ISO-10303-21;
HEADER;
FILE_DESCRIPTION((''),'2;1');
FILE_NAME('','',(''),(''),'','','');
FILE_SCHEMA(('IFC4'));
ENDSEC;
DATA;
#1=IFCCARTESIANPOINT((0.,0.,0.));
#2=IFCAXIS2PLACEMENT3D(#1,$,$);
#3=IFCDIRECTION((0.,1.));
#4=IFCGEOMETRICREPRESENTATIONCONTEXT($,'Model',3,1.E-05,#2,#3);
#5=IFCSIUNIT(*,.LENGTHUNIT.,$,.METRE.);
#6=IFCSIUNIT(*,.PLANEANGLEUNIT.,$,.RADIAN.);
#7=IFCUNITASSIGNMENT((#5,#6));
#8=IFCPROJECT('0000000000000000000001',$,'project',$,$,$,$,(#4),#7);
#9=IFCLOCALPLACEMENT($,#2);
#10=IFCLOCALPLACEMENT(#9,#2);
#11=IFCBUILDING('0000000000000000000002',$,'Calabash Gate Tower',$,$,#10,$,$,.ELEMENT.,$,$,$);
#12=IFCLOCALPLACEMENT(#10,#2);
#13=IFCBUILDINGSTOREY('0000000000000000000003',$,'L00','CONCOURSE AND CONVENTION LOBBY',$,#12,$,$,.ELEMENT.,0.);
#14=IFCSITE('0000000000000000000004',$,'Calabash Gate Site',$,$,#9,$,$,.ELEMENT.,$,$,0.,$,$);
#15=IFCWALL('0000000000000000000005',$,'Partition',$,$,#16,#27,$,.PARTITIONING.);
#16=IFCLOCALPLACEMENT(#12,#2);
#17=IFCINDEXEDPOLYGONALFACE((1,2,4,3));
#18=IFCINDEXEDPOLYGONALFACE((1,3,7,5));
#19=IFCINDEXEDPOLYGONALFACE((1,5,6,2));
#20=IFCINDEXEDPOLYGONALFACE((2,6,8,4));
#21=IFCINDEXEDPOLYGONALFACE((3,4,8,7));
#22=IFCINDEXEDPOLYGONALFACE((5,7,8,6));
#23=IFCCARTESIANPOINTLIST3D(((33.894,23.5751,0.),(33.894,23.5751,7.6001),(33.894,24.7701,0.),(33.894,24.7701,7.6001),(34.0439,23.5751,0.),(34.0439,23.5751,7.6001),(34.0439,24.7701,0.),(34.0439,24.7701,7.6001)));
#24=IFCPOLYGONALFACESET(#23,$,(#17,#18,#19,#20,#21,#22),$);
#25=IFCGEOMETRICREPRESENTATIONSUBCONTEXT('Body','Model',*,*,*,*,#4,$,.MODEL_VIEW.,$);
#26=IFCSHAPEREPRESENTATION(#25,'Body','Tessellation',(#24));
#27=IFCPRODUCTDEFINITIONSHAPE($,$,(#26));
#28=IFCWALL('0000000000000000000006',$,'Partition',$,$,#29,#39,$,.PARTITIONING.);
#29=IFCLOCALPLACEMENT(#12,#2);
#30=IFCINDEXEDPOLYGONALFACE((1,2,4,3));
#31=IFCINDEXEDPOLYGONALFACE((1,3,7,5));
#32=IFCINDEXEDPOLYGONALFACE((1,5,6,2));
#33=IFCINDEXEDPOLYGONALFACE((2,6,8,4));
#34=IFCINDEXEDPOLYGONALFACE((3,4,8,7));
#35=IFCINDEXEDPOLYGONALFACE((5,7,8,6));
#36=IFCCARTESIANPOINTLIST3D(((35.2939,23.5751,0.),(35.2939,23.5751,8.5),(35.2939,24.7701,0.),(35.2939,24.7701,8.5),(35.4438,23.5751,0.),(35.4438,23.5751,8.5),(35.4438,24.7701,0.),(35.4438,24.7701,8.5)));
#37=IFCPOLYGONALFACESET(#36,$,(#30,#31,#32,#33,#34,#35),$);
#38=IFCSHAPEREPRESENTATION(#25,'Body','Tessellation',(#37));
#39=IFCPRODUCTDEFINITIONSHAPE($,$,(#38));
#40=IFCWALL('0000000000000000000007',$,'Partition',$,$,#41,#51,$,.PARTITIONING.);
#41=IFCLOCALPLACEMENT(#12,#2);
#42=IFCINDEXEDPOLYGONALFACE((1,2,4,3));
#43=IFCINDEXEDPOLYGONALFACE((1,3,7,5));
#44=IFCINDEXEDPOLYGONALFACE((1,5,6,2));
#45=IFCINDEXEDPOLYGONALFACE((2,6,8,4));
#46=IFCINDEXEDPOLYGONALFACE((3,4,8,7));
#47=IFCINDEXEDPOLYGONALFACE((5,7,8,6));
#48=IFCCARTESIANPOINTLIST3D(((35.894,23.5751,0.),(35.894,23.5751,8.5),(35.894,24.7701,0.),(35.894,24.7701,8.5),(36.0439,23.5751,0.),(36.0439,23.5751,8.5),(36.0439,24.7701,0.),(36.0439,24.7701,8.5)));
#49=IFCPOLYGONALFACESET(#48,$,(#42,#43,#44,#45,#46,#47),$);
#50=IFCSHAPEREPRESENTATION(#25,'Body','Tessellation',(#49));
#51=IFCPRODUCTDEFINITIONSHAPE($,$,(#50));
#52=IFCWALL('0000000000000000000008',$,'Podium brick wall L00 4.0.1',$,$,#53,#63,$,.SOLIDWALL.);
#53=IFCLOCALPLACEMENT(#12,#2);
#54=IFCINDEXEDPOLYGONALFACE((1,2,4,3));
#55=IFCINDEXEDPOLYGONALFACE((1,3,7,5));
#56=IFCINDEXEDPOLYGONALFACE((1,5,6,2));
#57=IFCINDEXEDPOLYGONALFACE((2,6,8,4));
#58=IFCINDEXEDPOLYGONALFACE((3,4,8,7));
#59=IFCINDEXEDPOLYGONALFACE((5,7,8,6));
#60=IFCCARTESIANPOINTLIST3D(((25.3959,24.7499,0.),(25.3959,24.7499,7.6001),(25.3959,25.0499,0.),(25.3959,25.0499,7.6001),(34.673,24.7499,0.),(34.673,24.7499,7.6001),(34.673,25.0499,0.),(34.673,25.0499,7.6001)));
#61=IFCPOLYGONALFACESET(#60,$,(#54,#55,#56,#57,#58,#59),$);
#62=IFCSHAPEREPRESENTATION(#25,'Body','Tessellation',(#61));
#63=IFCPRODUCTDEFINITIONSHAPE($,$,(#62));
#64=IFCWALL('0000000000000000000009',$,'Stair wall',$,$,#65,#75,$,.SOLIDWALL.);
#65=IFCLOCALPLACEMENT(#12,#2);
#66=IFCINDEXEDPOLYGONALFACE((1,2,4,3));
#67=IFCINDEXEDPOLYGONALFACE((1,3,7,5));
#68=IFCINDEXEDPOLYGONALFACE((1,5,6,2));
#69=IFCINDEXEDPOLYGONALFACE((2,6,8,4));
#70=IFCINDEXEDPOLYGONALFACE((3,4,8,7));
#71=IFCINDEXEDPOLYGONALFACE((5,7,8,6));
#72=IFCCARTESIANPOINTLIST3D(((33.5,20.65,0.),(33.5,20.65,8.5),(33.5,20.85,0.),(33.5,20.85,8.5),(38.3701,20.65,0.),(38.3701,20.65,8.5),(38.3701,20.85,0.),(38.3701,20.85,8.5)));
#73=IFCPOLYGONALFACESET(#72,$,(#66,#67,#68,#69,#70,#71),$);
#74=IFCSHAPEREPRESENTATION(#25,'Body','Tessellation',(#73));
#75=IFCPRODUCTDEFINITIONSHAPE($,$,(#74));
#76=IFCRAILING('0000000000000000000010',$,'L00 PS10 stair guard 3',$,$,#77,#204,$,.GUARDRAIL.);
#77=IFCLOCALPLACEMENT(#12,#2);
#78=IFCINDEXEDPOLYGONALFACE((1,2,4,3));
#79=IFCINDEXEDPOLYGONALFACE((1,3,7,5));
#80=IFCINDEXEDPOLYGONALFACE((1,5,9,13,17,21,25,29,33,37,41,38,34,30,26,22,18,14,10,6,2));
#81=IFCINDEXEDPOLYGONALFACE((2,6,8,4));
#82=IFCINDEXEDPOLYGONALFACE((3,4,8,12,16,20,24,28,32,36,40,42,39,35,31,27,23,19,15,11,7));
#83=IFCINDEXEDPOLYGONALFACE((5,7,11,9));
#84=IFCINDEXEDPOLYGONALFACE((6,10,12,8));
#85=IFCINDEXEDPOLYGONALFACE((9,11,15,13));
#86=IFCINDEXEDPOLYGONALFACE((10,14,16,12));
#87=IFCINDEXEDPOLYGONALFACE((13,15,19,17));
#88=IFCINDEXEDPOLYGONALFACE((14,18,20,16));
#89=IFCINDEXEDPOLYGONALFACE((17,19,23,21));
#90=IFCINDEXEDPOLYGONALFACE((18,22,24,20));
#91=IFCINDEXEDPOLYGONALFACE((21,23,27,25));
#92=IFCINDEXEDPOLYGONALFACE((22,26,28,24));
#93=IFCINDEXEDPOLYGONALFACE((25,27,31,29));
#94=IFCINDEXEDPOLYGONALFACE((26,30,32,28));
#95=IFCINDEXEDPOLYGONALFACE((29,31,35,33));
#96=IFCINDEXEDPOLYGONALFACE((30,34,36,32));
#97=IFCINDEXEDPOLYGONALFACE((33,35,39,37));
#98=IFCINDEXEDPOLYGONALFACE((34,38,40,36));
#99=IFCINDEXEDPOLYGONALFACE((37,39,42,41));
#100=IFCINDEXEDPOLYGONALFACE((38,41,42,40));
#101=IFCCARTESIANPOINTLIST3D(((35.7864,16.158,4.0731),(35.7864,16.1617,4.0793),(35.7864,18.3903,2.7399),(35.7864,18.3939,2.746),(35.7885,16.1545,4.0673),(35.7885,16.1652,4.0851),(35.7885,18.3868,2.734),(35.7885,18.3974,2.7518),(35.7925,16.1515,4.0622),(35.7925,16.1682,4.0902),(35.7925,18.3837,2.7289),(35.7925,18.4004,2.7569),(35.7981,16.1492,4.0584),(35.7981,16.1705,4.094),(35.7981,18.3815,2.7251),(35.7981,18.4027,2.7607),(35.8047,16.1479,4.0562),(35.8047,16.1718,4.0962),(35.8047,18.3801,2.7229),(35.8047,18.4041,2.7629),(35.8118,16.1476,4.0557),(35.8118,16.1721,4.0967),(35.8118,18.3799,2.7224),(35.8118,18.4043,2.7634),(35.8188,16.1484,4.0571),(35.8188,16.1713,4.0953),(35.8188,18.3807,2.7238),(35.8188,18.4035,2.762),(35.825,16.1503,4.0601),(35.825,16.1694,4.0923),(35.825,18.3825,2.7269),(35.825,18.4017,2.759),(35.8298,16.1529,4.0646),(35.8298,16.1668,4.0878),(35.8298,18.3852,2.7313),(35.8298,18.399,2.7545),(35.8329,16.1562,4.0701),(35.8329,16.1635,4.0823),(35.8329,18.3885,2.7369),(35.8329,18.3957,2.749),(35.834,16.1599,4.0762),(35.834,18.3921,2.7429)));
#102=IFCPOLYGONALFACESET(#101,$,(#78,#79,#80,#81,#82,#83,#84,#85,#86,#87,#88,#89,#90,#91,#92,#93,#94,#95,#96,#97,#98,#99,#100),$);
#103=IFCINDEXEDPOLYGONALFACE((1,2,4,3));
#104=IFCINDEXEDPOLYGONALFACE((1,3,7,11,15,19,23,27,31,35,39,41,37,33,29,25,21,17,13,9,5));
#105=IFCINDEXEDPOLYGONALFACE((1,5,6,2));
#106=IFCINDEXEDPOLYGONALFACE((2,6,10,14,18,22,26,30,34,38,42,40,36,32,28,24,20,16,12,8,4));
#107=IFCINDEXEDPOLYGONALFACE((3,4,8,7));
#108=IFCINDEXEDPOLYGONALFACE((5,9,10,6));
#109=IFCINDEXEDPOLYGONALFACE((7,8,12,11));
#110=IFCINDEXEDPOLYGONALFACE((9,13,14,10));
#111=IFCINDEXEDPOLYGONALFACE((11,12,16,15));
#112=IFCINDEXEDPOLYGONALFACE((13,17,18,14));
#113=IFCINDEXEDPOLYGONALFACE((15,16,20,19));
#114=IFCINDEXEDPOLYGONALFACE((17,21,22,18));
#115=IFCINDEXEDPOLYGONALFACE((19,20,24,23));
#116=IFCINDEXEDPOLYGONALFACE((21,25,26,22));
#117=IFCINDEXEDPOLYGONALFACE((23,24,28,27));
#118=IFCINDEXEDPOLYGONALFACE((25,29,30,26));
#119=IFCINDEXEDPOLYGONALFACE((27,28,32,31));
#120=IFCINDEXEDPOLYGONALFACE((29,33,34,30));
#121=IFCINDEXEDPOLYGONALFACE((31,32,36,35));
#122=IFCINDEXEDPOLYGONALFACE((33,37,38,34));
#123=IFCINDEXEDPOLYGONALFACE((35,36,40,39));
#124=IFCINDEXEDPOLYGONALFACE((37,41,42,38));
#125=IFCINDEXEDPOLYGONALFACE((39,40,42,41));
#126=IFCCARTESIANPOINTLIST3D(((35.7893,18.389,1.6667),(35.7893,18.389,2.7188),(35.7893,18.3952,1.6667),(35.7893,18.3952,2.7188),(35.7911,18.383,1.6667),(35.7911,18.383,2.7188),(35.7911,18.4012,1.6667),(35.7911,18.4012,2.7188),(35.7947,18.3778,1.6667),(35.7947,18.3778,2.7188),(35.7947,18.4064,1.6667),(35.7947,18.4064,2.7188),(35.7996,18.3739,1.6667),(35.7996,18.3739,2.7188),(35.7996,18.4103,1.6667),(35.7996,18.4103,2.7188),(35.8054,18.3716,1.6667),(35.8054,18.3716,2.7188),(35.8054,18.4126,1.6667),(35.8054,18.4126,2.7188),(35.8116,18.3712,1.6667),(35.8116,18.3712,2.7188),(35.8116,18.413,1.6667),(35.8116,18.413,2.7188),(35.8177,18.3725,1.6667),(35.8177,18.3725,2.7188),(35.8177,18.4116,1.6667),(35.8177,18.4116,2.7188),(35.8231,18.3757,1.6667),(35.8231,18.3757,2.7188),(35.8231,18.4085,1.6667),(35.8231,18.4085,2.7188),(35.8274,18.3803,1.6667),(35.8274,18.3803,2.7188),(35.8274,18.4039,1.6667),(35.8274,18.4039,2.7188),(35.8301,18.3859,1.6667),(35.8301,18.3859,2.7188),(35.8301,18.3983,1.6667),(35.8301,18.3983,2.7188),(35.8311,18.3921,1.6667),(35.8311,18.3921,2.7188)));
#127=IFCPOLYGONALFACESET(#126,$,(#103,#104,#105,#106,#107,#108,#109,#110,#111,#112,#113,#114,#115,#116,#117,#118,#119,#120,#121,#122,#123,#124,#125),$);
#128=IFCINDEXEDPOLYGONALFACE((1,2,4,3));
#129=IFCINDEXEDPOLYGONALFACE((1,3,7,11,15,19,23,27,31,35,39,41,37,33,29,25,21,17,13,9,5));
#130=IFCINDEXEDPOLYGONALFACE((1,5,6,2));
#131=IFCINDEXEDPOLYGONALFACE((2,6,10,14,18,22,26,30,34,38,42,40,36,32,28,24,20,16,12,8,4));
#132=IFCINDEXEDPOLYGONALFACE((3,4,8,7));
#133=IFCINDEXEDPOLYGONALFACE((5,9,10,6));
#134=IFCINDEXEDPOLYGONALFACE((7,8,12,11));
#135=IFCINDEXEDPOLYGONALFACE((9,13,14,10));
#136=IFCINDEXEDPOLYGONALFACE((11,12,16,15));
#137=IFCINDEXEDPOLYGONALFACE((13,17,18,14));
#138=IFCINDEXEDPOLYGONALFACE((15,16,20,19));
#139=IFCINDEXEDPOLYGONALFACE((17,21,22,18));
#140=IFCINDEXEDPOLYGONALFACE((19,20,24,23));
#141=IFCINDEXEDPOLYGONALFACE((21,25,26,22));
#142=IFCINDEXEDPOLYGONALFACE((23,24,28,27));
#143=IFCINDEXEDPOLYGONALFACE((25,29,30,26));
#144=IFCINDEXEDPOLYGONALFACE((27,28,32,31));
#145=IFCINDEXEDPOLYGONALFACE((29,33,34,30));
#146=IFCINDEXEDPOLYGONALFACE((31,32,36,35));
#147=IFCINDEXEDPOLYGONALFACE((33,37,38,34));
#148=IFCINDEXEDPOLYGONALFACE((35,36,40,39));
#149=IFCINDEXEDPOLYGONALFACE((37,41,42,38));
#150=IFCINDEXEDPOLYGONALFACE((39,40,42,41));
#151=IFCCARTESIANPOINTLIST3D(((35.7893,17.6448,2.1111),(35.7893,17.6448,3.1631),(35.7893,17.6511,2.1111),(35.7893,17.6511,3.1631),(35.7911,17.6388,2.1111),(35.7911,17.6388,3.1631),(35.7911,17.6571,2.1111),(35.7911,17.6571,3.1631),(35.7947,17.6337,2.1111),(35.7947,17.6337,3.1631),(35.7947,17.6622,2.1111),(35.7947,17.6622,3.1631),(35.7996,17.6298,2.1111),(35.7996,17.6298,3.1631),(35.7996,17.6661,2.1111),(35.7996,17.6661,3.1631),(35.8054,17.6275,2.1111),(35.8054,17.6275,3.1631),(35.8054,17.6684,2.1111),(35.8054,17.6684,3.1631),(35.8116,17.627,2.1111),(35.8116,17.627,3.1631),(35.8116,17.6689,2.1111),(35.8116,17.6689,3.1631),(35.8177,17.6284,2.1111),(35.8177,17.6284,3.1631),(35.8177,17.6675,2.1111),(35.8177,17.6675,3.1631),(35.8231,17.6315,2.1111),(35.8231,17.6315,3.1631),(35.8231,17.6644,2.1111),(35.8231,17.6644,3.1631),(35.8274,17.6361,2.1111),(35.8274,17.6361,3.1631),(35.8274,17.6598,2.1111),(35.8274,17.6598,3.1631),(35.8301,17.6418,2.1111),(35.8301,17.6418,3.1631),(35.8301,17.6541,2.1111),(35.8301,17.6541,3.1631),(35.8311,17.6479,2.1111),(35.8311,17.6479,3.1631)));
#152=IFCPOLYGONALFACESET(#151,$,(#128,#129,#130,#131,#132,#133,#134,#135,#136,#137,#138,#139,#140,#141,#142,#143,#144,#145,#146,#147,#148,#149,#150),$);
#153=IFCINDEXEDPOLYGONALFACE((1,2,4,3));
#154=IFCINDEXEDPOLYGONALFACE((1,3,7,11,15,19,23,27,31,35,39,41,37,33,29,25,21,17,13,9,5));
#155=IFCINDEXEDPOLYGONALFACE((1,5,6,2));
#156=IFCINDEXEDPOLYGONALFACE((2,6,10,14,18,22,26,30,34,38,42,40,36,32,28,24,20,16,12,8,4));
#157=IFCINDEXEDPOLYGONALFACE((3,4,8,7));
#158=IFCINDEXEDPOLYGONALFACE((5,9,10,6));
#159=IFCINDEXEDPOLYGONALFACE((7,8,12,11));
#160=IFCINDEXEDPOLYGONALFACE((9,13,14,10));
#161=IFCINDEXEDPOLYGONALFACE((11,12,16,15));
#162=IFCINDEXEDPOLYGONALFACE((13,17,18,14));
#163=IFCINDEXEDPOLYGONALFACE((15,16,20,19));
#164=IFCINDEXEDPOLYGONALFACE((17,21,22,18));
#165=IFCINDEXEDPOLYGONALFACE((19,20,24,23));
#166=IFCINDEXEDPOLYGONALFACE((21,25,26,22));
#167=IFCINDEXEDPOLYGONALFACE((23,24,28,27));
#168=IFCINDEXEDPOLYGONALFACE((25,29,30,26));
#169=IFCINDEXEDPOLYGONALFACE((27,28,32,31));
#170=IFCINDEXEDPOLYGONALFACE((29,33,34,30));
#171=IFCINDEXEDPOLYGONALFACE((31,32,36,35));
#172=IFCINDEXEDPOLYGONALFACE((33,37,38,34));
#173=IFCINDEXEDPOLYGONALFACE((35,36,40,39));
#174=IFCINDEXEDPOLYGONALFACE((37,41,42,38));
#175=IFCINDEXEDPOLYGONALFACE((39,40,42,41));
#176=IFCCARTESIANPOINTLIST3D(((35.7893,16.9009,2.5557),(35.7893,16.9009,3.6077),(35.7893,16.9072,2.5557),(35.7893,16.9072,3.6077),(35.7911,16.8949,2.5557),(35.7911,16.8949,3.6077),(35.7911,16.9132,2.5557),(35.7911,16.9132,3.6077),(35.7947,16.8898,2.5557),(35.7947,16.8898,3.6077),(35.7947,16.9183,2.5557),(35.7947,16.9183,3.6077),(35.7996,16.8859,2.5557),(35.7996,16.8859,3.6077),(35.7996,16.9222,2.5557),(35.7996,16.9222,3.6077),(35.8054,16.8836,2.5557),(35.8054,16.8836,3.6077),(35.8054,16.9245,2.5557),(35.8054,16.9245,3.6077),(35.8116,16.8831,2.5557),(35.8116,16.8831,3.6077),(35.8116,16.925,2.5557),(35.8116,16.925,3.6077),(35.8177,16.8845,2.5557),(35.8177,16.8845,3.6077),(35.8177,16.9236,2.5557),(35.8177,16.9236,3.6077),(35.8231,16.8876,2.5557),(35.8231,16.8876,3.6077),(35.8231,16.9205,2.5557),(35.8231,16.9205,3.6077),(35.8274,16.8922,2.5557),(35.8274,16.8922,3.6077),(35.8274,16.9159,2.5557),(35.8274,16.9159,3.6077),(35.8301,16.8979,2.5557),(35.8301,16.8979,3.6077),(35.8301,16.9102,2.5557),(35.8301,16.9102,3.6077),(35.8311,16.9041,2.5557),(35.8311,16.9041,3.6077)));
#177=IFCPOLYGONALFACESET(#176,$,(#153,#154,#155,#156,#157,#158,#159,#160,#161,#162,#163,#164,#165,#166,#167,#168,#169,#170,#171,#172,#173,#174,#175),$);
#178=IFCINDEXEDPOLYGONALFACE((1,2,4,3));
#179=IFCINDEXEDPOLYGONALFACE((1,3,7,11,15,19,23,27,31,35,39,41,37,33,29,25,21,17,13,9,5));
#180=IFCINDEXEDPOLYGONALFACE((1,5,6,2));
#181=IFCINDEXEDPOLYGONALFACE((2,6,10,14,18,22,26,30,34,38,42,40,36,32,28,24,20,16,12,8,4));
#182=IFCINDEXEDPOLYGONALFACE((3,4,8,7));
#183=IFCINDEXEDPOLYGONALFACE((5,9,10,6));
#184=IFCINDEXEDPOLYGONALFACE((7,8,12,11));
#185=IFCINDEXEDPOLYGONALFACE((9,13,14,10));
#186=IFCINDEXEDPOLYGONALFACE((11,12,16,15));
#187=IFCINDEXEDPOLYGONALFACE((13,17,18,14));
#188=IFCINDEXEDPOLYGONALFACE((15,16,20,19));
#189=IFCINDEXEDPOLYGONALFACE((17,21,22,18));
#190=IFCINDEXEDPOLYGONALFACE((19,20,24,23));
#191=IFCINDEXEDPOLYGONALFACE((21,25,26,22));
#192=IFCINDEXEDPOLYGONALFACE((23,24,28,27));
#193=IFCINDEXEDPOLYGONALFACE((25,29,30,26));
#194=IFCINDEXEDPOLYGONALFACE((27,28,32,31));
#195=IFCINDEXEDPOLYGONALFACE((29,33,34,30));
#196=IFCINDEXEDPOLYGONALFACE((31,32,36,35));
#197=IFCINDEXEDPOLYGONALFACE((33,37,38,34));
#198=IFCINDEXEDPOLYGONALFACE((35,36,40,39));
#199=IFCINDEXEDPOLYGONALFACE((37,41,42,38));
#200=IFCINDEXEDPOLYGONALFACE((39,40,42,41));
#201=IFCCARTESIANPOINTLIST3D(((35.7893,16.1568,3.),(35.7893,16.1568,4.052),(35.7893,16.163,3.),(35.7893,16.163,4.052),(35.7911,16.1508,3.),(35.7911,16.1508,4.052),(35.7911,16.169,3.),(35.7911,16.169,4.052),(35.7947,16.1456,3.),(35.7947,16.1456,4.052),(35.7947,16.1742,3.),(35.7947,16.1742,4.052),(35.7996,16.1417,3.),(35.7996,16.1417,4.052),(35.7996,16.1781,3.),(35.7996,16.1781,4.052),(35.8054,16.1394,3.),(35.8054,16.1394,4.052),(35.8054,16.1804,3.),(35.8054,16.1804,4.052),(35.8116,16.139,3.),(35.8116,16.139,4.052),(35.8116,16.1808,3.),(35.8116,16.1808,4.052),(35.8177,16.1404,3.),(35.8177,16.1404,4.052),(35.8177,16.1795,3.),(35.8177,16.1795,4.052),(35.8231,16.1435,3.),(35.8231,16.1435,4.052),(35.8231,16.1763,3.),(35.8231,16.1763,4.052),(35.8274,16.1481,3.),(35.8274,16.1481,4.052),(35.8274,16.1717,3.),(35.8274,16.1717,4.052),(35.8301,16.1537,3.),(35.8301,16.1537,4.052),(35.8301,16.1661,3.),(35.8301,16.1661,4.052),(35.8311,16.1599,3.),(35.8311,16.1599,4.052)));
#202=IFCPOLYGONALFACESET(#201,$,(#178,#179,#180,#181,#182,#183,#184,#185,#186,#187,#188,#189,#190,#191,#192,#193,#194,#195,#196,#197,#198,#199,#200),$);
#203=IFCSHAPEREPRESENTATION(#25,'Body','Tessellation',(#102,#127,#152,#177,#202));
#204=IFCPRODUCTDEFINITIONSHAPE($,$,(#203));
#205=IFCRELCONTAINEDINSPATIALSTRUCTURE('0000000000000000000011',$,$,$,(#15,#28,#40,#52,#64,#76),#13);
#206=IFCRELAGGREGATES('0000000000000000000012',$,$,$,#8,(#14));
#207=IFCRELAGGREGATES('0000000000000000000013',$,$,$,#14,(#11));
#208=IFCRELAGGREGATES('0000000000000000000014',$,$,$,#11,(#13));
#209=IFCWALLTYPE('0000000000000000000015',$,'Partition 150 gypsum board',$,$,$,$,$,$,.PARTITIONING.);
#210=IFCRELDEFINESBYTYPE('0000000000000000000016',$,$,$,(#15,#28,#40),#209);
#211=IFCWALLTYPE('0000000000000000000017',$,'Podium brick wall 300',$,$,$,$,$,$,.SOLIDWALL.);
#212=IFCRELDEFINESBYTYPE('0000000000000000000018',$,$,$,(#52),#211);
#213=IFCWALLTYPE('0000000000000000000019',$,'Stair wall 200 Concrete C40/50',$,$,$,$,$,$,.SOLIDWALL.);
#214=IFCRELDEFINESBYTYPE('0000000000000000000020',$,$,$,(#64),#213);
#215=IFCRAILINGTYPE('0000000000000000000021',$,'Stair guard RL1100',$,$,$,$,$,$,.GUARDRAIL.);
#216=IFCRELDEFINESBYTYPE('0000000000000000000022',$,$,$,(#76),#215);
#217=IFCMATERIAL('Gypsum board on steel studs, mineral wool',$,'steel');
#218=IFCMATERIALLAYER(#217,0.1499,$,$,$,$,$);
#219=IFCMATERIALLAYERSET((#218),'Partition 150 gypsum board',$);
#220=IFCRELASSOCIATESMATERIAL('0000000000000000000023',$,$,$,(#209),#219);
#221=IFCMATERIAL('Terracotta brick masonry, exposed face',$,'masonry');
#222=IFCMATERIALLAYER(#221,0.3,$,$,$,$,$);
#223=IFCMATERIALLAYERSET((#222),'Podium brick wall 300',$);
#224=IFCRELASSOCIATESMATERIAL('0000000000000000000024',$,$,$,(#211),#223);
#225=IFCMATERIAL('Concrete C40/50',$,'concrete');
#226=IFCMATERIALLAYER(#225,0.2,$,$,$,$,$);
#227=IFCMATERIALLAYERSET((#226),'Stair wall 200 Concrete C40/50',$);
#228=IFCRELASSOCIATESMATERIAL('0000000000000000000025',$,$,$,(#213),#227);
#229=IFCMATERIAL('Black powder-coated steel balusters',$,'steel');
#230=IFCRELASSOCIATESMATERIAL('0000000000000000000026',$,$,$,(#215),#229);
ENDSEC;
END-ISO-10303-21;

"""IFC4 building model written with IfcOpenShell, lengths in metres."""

from ifc_helpers import new_model, si_unit, direction, frame, frame_2d, origin, origin_2d, place, context, subcontext, project, spatial, rectangle, circle, extrude, material, layer, layer_set, type_object, element, save


model = new_model("IFC4")

# Units and contexts
model_context = context("Model", 3, precision=1e-05, world=origin(), true_north=direction((0.0, 1.0)))
body_context = subcontext(model_context, "Body", "Model", "MODEL_VIEW")
ifc_project = project(units=[si_unit("LENGTHUNIT", "METRE"), si_unit("PLANEANGLEUNIT", "RADIAN")], contexts=[model_context])

# Site, building, storey
site_placement = place(None, origin())
site = spatial("IfcSite", under=ifc_project, at=site_placement, Name="Calabash Gate Site", CompositionType="ELEMENT", RefElevation=0.0)
building_placement = place(site_placement, origin())
building = spatial("IfcBuilding", under=site, at=building_placement, Name="Calabash Gate Tower", CompositionType="ELEMENT")
storey_placement = place(building_placement, origin())
storey = spatial("IfcBuildingStorey", under=building, at=storey_placement, Name="L00", Description="CONCOURSE AND CONVENTION LOBBY", CompositionType="ELEMENT", Elevation=0.0)

# Shared definitions
ifc_material_1 = material(Name="Gypsum board on steel studs, mineral wool", Category="steel")
ifc_layer_1 = layer(ifc_material_1, 0.1499)
ifc_layer_set_1 = layer_set([ifc_layer_1], Name="Partition 150 gypsum board")
wall_type_1 = type_object("IfcWallType", Name="Partition 150 gypsum board", PredefinedType="PARTITIONING", material=ifc_layer_set_1)

# Walls
wall_1_placement = place(storey_placement, frame((33.969, 23.575, 0.0), z_axis=(0.0, 0.0, 1.0), x_axis=(0.0, 1.0, 0.0)))
element("IfcWall", 1, at=wall_1_placement, inside=storey, type_object=wall_type_1, Name="Partition", PredefinedType="PARTITIONING", context=body_context, shape_type="SweptSolid", body=[
    extrude(rectangle(XDim=1.1951, YDim=0.1499, at=frame_2d((0.5977, 0.0))), origin(), (0.0, 0.0, 1.0), 7.6001),
])
for number, where, z_axis, x_axis, name in (
    (2, (35.3689, 23.575, 0.0), (0.0, 0.0, 1.0), (0.0, 1.0, 0.0), "Partition"),
    (3, (35.969, 23.575, 0.0), (0.0, 0.0, 1.0), (0.0, 1.0, 0.0), "Partition"),
):
    element("IfcWall", number, at=place(storey_placement, frame(where, z_axis=z_axis, x_axis=x_axis)), inside=storey, type_object=wall_type_1, Name=name, PredefinedType="PARTITIONING", context=body_context, shape_type="SweptSolid", body=[
        extrude(rectangle(XDim=1.1951, YDim=0.1499, at=frame_2d((0.5977, 0.0))), origin(), (0.0, 0.0, 1.0), 8.5),
    ])
ifc_material_2 = material(Name="Terracotta brick masonry, exposed face", Category="masonry")
ifc_layer_2 = layer(ifc_material_2, 0.3)
ifc_layer_set_2 = layer_set([ifc_layer_2], Name="Podium brick wall 300")
wall_type_2 = type_object("IfcWallType", Name="Podium brick wall 300", PredefinedType="SOLIDWALL", material=ifc_layer_set_2)
wall_2_placement = place(storey_placement, frame((34.6731, 24.8999, 0.0), z_axis=(0.0, 0.0, 1.0), x_axis=(-1.0, 0.0, 0.0)))
element("IfcWall", 4, at=wall_2_placement, inside=storey, type_object=wall_type_2, Name="Podium brick wall L00 4.0.1", PredefinedType="SOLIDWALL", context=body_context, shape_type="SweptSolid", body=[
    extrude(rectangle(XDim=9.2771, YDim=0.3, at=frame_2d((4.6387, 0.0))), origin(), (0.0, 0.0, 1.0), 7.6001),
])
ifc_material_3 = material(Name="Concrete C40/50", Category="concrete")
ifc_layer_3 = layer(ifc_material_3, 0.2)
ifc_layer_set_3 = layer_set([ifc_layer_3], Name="Stair wall 200 Concrete C40/50")
wall_type_3 = type_object("IfcWallType", Name="Stair wall 200 Concrete C40/50", PredefinedType="SOLIDWALL", material=ifc_layer_set_3)
wall_3_placement = place(storey_placement, frame((33.5, 20.75, 0.0), z_axis=(0.0, 0.0, 1.0), x_axis=(1.0, 0.0, 0.0)))
element("IfcWall", 5, at=wall_3_placement, inside=storey, type_object=wall_type_3, Name="Stair wall", PredefinedType="SOLIDWALL", context=body_context, shape_type="SweptSolid", body=[
    extrude(rectangle(XDim=4.8701, YDim=0.2, at=frame_2d((2.4351, 0.0))), origin(), (0.0, 0.0, 1.0), 8.5),
])

# Railing
ifc_material_4 = material(Name="Black powder-coated steel balusters", Category="steel")
railing_type_1 = type_object("IfcRailingType", Name="Stair guard RL1100", PredefinedType="GUARDRAIL", material=ifc_material_4)
for number, where, name in (
    (6, (35.8101, 18.3921, 1.6667), "L00 PS10 stair guard 3"),
):
    element("IfcRailing", number, at=place(storey_placement, frame(where)), inside=storey, type_object=railing_type_1, Name=name, PredefinedType="GUARDRAIL", context=body_context, shape_type="SweptSolid", body=[
        extrude(circle(Radius=0.0239, at=origin_2d()), frame((0.0, 0.0, 1.0762), z_axis=(0.0, -0.858519, 0.512782), x_axis=(1.0, 0.0, 0.0)), (0.0, 0.0, 1.0), 2.6001),
        extrude(circle(Radius=0.021, at=origin_2d()), origin(), (0.0, 0.0, 1.0), 1.052),
        extrude(circle(Radius=0.021, at=origin_2d()), frame((0.0, -0.7441, 0.4443)), (0.0, 0.0, 1.0), 1.052),
        extrude(circle(Radius=0.021, at=origin_2d()), frame((0.0, -1.488, 0.8889)), (0.0, 0.0, 1.0), 1.052),
        extrude(circle(Radius=0.021, at=origin_2d()), frame((0.0, -2.2322, 1.3333)), (0.0, 0.0, 1.0), 1.052),
    ])

save(model, "model.ifc")
